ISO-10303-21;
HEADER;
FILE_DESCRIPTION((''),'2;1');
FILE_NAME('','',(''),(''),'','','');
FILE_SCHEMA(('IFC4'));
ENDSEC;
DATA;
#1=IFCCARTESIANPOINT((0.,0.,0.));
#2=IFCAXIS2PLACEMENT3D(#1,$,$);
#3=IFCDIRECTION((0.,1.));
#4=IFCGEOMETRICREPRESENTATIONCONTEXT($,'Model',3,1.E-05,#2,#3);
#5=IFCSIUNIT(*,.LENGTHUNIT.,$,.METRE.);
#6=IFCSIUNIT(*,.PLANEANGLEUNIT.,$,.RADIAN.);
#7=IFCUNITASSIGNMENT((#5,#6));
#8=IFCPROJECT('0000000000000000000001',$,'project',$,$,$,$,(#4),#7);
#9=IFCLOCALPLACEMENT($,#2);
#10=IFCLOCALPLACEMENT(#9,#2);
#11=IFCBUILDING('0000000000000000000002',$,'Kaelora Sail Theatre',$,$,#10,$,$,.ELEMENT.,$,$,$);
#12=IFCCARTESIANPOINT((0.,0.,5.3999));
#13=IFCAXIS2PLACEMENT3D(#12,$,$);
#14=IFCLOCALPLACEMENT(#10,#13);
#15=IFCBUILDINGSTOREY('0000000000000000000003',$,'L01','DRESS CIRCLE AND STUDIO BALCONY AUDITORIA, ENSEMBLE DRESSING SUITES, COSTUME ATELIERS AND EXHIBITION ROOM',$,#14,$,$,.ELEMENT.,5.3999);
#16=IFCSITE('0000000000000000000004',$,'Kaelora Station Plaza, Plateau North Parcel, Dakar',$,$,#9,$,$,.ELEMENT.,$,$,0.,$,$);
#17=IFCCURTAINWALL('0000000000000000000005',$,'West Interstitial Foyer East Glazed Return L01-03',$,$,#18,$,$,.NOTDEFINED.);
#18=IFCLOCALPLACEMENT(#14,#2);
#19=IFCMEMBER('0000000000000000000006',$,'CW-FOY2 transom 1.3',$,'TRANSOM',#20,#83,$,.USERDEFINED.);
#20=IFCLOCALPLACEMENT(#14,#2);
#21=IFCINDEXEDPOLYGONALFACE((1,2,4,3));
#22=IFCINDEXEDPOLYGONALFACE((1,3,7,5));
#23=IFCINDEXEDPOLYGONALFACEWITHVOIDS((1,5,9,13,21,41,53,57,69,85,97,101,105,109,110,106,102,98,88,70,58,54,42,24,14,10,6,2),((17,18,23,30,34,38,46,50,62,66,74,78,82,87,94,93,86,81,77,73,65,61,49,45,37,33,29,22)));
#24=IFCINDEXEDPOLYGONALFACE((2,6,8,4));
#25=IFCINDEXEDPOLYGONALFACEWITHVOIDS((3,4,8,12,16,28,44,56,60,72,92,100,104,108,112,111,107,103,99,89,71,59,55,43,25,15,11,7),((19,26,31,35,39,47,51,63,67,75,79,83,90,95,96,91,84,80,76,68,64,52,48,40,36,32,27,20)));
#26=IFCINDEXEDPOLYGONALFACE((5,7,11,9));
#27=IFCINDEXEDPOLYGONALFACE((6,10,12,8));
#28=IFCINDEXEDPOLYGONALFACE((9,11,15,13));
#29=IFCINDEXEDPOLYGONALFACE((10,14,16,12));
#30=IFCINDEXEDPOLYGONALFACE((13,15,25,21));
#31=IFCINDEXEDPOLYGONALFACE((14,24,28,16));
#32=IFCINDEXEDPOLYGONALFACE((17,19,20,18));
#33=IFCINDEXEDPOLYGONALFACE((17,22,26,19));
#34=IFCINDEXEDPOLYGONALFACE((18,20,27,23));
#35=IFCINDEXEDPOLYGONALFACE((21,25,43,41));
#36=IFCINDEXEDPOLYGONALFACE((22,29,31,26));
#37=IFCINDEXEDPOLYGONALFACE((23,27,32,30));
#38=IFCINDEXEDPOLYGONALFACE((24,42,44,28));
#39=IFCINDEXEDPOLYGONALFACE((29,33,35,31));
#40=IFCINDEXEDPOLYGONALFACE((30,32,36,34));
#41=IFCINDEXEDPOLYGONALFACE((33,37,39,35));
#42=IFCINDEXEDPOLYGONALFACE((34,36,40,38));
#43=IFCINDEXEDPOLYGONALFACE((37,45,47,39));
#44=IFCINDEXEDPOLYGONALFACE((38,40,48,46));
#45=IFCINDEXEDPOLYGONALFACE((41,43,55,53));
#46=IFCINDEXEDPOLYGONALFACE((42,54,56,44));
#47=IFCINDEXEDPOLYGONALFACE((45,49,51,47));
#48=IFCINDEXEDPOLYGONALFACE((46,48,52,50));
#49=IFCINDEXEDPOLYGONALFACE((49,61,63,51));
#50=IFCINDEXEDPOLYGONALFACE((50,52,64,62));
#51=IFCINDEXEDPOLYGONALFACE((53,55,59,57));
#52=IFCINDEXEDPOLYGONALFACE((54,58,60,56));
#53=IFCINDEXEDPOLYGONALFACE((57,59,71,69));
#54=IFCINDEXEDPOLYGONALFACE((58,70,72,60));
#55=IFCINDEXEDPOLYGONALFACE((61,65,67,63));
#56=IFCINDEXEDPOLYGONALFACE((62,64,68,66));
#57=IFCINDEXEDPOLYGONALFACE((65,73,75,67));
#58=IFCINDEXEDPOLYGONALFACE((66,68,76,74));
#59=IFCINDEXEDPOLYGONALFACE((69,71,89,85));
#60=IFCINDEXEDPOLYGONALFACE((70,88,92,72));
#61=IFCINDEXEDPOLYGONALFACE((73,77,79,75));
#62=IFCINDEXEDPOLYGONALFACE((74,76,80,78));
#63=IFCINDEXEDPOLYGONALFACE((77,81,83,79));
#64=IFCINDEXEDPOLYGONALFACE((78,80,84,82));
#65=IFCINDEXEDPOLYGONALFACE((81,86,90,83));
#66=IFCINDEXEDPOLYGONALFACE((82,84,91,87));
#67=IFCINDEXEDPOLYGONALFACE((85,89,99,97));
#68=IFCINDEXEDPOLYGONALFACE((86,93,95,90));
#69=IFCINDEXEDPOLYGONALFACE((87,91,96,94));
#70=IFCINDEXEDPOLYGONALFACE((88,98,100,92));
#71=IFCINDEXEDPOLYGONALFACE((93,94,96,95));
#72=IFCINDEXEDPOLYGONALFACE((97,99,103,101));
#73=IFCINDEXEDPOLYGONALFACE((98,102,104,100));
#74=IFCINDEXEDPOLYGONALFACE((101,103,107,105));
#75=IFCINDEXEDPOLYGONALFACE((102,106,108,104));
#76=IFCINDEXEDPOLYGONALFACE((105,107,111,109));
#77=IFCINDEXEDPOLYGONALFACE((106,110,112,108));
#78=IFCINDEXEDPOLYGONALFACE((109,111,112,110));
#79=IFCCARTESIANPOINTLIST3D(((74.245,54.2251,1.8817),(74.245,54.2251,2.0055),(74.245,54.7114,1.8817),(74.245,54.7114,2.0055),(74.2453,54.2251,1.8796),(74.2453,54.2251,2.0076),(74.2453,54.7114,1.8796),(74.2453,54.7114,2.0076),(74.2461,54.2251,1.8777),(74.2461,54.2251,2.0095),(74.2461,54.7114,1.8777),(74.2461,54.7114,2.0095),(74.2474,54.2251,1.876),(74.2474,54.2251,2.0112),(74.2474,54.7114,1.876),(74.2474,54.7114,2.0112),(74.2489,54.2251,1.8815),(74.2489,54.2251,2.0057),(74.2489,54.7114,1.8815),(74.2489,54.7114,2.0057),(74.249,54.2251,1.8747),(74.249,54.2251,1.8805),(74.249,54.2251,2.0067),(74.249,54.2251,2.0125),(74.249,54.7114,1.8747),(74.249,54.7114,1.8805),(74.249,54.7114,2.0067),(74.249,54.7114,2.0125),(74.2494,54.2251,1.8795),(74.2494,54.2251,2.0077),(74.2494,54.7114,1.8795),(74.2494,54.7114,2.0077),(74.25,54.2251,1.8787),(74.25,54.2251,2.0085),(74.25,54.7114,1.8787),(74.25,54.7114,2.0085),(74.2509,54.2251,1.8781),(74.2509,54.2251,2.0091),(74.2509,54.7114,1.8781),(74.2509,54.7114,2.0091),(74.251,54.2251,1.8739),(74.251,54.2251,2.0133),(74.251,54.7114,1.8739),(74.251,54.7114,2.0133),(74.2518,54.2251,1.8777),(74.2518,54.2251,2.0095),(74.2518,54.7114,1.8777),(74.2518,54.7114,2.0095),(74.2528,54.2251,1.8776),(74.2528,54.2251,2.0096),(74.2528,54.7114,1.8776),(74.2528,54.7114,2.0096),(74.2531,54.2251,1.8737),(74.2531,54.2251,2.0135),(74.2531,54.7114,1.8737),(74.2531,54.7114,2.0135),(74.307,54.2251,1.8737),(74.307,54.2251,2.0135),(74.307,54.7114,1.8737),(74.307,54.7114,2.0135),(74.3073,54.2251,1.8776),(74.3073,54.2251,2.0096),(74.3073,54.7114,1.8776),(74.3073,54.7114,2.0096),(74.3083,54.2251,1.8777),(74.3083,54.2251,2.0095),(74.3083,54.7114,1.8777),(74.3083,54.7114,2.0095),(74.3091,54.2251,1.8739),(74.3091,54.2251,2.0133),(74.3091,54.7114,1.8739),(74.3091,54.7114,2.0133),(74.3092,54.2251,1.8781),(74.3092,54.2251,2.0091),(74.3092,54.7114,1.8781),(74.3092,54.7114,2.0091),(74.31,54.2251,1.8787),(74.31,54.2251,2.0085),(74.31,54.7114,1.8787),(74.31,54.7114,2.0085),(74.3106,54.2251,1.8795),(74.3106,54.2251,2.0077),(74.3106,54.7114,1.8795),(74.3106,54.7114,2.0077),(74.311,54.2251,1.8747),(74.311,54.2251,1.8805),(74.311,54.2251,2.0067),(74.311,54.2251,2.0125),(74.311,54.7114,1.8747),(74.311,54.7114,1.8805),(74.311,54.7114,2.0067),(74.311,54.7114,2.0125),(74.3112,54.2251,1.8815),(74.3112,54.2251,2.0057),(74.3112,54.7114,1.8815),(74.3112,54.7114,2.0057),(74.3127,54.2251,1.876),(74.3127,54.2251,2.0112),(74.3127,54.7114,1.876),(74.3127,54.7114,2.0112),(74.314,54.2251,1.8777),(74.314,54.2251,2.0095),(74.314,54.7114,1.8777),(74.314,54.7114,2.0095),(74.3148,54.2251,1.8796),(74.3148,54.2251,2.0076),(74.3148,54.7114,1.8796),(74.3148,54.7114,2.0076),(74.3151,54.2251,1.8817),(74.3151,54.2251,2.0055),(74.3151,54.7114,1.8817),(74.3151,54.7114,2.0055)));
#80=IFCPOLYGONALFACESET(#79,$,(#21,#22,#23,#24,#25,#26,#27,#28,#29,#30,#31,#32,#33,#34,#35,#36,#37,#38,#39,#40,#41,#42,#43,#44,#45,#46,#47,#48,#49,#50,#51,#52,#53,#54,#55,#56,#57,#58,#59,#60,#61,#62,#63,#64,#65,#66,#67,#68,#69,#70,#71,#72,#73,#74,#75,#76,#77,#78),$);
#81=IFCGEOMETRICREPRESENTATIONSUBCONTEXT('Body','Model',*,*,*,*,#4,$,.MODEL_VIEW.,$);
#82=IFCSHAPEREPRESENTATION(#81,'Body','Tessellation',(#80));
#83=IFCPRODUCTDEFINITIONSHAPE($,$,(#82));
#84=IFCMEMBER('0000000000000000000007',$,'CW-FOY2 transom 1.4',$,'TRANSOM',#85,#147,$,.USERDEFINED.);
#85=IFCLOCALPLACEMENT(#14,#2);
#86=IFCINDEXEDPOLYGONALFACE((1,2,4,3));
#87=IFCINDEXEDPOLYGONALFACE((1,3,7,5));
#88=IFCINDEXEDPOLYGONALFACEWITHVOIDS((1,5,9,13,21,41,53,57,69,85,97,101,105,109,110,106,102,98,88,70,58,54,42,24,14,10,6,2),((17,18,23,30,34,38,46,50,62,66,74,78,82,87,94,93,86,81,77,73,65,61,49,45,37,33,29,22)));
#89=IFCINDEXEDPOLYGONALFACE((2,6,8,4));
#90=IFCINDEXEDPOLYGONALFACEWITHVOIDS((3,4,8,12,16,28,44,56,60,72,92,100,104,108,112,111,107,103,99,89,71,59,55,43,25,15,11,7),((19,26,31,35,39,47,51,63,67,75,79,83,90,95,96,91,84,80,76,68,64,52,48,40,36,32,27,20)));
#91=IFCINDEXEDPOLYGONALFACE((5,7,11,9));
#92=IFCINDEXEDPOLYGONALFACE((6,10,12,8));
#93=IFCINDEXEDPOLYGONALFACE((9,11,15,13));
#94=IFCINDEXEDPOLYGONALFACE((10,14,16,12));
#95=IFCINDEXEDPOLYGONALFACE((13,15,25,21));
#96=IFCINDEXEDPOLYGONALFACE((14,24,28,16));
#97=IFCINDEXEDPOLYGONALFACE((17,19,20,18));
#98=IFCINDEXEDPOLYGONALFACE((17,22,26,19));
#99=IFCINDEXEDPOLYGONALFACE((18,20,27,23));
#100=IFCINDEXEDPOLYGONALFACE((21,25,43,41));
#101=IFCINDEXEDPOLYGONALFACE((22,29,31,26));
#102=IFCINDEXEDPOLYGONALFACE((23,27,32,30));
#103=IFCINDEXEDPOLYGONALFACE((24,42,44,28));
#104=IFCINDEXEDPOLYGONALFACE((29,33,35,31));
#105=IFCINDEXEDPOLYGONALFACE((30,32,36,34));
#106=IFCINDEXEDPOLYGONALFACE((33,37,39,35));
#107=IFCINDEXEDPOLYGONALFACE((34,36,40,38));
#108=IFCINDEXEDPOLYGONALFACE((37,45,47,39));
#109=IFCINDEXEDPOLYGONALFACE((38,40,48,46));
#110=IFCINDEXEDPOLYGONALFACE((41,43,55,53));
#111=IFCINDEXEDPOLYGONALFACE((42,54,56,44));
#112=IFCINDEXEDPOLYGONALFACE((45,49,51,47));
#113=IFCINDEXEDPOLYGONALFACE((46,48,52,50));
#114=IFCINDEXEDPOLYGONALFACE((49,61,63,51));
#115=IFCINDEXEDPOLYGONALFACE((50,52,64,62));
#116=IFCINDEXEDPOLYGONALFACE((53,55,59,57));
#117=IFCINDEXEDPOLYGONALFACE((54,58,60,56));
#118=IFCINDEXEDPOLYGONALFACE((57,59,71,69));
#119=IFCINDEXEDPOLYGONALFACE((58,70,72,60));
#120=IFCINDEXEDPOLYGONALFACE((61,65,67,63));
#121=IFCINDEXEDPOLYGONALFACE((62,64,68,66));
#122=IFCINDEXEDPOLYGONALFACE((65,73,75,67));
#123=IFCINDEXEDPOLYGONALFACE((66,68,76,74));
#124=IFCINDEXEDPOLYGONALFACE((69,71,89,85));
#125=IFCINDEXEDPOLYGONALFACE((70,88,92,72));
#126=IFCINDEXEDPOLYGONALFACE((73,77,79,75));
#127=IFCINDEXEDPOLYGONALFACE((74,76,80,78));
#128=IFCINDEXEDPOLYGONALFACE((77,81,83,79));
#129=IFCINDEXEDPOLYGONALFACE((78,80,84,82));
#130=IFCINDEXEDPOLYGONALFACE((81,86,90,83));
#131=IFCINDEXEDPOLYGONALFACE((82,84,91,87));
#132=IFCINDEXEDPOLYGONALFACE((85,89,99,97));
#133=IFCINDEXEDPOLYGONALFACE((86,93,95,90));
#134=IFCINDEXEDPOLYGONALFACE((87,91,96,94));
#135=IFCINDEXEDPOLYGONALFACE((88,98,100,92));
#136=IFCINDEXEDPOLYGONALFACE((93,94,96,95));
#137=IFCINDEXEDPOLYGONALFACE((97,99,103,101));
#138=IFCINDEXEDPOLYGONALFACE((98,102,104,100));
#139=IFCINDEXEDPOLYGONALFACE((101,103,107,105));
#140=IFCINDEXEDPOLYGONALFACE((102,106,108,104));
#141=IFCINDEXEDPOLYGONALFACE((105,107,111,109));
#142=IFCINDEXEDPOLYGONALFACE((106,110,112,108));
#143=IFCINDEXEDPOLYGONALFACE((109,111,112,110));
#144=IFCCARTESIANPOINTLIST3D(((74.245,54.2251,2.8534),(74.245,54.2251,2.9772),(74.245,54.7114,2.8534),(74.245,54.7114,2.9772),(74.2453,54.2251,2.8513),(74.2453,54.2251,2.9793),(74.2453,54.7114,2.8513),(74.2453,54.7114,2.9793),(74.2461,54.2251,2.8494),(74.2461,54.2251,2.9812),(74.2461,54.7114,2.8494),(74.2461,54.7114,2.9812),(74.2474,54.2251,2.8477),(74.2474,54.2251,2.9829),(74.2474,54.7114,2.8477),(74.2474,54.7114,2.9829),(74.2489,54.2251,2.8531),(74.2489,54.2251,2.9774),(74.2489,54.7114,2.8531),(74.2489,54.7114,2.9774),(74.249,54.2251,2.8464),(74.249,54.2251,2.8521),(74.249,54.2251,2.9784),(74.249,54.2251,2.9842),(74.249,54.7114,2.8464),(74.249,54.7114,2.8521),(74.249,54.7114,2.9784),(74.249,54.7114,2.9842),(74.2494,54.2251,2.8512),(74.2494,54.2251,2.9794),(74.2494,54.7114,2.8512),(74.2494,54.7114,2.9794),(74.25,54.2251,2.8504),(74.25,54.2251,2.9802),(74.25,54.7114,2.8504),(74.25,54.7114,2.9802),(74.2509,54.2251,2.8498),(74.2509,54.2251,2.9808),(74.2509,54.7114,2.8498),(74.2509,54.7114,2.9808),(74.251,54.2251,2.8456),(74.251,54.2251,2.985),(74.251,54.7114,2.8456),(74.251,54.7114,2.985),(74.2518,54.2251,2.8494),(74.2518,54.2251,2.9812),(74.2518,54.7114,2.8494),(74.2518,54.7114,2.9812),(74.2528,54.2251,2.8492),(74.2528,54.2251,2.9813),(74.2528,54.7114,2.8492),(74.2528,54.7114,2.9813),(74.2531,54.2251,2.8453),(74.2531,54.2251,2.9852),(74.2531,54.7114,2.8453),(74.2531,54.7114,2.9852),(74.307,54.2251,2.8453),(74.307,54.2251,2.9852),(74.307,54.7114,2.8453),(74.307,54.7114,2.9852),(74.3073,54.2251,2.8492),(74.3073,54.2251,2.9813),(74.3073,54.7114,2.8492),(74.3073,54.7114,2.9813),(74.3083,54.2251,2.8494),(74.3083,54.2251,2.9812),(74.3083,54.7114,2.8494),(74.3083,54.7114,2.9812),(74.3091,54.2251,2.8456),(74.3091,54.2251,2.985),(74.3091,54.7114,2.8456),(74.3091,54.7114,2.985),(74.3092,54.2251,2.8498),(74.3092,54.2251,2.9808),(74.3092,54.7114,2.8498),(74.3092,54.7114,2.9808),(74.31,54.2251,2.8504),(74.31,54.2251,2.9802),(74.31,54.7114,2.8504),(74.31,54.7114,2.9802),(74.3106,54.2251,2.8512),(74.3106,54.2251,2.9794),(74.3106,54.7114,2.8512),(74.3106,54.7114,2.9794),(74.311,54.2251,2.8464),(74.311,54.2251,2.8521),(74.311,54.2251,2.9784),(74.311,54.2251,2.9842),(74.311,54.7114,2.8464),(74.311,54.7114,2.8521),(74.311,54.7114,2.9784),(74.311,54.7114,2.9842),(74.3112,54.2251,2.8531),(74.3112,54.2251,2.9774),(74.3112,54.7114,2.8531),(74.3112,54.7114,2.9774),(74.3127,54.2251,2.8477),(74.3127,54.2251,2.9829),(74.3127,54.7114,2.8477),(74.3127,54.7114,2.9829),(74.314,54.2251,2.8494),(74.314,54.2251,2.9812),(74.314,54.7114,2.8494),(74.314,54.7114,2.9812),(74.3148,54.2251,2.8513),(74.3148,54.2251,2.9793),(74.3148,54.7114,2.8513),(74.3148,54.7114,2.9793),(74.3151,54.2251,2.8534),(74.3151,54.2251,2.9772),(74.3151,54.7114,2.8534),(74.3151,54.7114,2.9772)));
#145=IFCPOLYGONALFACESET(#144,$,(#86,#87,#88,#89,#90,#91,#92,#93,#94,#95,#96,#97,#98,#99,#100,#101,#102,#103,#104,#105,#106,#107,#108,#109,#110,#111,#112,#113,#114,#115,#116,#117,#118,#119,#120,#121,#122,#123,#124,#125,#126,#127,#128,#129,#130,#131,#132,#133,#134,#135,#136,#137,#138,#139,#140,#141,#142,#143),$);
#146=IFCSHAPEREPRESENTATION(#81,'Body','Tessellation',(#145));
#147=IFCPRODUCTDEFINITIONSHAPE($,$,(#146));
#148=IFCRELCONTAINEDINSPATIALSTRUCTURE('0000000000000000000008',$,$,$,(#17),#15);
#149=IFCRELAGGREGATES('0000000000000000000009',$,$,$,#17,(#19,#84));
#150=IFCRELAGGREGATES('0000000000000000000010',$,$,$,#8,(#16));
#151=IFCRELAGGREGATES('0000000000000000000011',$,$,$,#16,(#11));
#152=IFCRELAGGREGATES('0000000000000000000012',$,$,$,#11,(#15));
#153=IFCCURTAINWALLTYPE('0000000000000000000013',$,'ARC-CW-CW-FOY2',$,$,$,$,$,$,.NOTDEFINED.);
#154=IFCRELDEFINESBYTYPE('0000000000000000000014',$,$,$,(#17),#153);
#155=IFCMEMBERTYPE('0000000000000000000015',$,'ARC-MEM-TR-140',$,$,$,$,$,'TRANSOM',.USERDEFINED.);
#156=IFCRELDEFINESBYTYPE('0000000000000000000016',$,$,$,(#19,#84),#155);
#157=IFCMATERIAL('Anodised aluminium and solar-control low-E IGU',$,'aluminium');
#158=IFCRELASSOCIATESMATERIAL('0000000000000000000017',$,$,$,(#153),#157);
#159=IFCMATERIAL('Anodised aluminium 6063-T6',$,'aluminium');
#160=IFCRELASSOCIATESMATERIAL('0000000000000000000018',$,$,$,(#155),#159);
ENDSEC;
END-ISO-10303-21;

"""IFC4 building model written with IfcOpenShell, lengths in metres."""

from ifc_helpers import new_model, si_unit, direction, frame, origin, origin_2d, place, context, subcontext, project, spatial, hollow_rectangle, extrude, material, material_profile, profile_set, type_object, element, aggregate, save


model = new_model("IFC4")

# Units and contexts
model_context = context("Model", 3, precision=1e-05, world=origin(), true_north=direction((0.0, 1.0)))
body_context = subcontext(model_context, "Body", "Model", "MODEL_VIEW")
ifc_project = project(units=[si_unit("LENGTHUNIT", "METRE"), si_unit("PLANEANGLEUNIT", "RADIAN")], contexts=[model_context])

# Site, building, storey
site_placement = place(None, origin())
site = spatial("IfcSite", under=ifc_project, at=site_placement, Name="Kaelora Station Plaza, Plateau North Parcel, Dakar", CompositionType="ELEMENT", RefElevation=0.0)
building_placement = place(site_placement, origin())
building = spatial("IfcBuilding", under=site, at=building_placement, Name="Kaelora Sail Theatre", CompositionType="ELEMENT")
storey_placement = place(building_placement, frame((0.0, 0.0, 5.3999)))
storey = spatial("IfcBuildingStorey", under=building, at=storey_placement, Name="L01", Description="DRESS CIRCLE AND STUDIO BALCONY AUDITORIA, ENSEMBLE DRESSING SUITES, COSTUME ATELIERS AND EXHIBITION ROOM", CompositionType="ELEMENT", Elevation=5.3999)

# Shared definitions
ifc_material_1 = material(Name="Anodised aluminium and solar-control low-E IGU", Category="aluminium")
curtain_wall_type = type_object("IfcCurtainWallType", Name="ARC-CW-CW-FOY2", PredefinedType="NOTDEFINED", material=ifc_material_1)

# Curtain wall
curtain_wall_1_placement = place(storey_placement, origin())
curtain_wall_1 = element("IfcCurtainWall", 1, at=curtain_wall_1_placement, inside=storey, type_object=curtain_wall_type, Name="West Interstitial Foyer East Glazed Return L01-03", PredefinedType="NOTDEFINED")

# Members
ifc_material_2 = material(Name="Anodised aluminium 6063-T6", Category="aluminium")
ifc_material_profile_1 = material_profile(ifc_material_2, hollow_rectangle(XDim=0.0701, YDim=0.1399, WallThickness=0.0039, InnerFilletRadius=0.0039, OuterFilletRadius=0.0081, at=origin_2d()), Name="ALU-TRAN 70x140x4")
ifc_profile_set_1 = profile_set([ifc_material_profile_1], Name="Anodised aluminium 6063-T6")
member_type_1 = type_object("IfcMemberType", Name="ARC-MEM-TR-140", ElementType="TRANSOM", PredefinedType="USERDEFINED", material=ifc_profile_set_1)
member_1_placement = place(storey_placement, frame((74.28, 54.2251, 1.9436), z_axis=(0.0, 1.0, 0.0), x_axis=(-1.0, 0.0, 0.0)))
member_1 = element("IfcMember", 2, at=member_1_placement, type_object=member_type_1, Name="CW-FOY2 transom 1.3", ObjectType="TRANSOM", PredefinedType="USERDEFINED", context=body_context, shape_type="SweptSolid", body=[
    extrude(hollow_rectangle(XDim=0.0701, YDim=0.1399, WallThickness=0.0039, InnerFilletRadius=0.0039, OuterFilletRadius=0.0081, at=origin_2d()), origin(), (0.0, 0.0, 1.0), 0.4863),
])
member_2_placement = place(storey_placement, frame((74.28, 54.2251, 2.9153), z_axis=(0.0, 1.0, 0.0), x_axis=(-1.0, 0.0, 0.0)))
member_2 = element("IfcMember", 3, at=member_2_placement, type_object=member_type_1, Name="CW-FOY2 transom 1.4", ObjectType="TRANSOM", PredefinedType="USERDEFINED", context=body_context, shape_type="SweptSolid", body=[
    extrude(hollow_rectangle(XDim=0.0701, YDim=0.1399, WallThickness=0.0039, InnerFilletRadius=0.0039, OuterFilletRadius=0.0081, at=origin_2d()), origin(), (0.0, 0.0, 1.0), 0.4863),
])

aggregate(curtain_wall_1, [member_1, member_2])

save(model, "model.ifc")
